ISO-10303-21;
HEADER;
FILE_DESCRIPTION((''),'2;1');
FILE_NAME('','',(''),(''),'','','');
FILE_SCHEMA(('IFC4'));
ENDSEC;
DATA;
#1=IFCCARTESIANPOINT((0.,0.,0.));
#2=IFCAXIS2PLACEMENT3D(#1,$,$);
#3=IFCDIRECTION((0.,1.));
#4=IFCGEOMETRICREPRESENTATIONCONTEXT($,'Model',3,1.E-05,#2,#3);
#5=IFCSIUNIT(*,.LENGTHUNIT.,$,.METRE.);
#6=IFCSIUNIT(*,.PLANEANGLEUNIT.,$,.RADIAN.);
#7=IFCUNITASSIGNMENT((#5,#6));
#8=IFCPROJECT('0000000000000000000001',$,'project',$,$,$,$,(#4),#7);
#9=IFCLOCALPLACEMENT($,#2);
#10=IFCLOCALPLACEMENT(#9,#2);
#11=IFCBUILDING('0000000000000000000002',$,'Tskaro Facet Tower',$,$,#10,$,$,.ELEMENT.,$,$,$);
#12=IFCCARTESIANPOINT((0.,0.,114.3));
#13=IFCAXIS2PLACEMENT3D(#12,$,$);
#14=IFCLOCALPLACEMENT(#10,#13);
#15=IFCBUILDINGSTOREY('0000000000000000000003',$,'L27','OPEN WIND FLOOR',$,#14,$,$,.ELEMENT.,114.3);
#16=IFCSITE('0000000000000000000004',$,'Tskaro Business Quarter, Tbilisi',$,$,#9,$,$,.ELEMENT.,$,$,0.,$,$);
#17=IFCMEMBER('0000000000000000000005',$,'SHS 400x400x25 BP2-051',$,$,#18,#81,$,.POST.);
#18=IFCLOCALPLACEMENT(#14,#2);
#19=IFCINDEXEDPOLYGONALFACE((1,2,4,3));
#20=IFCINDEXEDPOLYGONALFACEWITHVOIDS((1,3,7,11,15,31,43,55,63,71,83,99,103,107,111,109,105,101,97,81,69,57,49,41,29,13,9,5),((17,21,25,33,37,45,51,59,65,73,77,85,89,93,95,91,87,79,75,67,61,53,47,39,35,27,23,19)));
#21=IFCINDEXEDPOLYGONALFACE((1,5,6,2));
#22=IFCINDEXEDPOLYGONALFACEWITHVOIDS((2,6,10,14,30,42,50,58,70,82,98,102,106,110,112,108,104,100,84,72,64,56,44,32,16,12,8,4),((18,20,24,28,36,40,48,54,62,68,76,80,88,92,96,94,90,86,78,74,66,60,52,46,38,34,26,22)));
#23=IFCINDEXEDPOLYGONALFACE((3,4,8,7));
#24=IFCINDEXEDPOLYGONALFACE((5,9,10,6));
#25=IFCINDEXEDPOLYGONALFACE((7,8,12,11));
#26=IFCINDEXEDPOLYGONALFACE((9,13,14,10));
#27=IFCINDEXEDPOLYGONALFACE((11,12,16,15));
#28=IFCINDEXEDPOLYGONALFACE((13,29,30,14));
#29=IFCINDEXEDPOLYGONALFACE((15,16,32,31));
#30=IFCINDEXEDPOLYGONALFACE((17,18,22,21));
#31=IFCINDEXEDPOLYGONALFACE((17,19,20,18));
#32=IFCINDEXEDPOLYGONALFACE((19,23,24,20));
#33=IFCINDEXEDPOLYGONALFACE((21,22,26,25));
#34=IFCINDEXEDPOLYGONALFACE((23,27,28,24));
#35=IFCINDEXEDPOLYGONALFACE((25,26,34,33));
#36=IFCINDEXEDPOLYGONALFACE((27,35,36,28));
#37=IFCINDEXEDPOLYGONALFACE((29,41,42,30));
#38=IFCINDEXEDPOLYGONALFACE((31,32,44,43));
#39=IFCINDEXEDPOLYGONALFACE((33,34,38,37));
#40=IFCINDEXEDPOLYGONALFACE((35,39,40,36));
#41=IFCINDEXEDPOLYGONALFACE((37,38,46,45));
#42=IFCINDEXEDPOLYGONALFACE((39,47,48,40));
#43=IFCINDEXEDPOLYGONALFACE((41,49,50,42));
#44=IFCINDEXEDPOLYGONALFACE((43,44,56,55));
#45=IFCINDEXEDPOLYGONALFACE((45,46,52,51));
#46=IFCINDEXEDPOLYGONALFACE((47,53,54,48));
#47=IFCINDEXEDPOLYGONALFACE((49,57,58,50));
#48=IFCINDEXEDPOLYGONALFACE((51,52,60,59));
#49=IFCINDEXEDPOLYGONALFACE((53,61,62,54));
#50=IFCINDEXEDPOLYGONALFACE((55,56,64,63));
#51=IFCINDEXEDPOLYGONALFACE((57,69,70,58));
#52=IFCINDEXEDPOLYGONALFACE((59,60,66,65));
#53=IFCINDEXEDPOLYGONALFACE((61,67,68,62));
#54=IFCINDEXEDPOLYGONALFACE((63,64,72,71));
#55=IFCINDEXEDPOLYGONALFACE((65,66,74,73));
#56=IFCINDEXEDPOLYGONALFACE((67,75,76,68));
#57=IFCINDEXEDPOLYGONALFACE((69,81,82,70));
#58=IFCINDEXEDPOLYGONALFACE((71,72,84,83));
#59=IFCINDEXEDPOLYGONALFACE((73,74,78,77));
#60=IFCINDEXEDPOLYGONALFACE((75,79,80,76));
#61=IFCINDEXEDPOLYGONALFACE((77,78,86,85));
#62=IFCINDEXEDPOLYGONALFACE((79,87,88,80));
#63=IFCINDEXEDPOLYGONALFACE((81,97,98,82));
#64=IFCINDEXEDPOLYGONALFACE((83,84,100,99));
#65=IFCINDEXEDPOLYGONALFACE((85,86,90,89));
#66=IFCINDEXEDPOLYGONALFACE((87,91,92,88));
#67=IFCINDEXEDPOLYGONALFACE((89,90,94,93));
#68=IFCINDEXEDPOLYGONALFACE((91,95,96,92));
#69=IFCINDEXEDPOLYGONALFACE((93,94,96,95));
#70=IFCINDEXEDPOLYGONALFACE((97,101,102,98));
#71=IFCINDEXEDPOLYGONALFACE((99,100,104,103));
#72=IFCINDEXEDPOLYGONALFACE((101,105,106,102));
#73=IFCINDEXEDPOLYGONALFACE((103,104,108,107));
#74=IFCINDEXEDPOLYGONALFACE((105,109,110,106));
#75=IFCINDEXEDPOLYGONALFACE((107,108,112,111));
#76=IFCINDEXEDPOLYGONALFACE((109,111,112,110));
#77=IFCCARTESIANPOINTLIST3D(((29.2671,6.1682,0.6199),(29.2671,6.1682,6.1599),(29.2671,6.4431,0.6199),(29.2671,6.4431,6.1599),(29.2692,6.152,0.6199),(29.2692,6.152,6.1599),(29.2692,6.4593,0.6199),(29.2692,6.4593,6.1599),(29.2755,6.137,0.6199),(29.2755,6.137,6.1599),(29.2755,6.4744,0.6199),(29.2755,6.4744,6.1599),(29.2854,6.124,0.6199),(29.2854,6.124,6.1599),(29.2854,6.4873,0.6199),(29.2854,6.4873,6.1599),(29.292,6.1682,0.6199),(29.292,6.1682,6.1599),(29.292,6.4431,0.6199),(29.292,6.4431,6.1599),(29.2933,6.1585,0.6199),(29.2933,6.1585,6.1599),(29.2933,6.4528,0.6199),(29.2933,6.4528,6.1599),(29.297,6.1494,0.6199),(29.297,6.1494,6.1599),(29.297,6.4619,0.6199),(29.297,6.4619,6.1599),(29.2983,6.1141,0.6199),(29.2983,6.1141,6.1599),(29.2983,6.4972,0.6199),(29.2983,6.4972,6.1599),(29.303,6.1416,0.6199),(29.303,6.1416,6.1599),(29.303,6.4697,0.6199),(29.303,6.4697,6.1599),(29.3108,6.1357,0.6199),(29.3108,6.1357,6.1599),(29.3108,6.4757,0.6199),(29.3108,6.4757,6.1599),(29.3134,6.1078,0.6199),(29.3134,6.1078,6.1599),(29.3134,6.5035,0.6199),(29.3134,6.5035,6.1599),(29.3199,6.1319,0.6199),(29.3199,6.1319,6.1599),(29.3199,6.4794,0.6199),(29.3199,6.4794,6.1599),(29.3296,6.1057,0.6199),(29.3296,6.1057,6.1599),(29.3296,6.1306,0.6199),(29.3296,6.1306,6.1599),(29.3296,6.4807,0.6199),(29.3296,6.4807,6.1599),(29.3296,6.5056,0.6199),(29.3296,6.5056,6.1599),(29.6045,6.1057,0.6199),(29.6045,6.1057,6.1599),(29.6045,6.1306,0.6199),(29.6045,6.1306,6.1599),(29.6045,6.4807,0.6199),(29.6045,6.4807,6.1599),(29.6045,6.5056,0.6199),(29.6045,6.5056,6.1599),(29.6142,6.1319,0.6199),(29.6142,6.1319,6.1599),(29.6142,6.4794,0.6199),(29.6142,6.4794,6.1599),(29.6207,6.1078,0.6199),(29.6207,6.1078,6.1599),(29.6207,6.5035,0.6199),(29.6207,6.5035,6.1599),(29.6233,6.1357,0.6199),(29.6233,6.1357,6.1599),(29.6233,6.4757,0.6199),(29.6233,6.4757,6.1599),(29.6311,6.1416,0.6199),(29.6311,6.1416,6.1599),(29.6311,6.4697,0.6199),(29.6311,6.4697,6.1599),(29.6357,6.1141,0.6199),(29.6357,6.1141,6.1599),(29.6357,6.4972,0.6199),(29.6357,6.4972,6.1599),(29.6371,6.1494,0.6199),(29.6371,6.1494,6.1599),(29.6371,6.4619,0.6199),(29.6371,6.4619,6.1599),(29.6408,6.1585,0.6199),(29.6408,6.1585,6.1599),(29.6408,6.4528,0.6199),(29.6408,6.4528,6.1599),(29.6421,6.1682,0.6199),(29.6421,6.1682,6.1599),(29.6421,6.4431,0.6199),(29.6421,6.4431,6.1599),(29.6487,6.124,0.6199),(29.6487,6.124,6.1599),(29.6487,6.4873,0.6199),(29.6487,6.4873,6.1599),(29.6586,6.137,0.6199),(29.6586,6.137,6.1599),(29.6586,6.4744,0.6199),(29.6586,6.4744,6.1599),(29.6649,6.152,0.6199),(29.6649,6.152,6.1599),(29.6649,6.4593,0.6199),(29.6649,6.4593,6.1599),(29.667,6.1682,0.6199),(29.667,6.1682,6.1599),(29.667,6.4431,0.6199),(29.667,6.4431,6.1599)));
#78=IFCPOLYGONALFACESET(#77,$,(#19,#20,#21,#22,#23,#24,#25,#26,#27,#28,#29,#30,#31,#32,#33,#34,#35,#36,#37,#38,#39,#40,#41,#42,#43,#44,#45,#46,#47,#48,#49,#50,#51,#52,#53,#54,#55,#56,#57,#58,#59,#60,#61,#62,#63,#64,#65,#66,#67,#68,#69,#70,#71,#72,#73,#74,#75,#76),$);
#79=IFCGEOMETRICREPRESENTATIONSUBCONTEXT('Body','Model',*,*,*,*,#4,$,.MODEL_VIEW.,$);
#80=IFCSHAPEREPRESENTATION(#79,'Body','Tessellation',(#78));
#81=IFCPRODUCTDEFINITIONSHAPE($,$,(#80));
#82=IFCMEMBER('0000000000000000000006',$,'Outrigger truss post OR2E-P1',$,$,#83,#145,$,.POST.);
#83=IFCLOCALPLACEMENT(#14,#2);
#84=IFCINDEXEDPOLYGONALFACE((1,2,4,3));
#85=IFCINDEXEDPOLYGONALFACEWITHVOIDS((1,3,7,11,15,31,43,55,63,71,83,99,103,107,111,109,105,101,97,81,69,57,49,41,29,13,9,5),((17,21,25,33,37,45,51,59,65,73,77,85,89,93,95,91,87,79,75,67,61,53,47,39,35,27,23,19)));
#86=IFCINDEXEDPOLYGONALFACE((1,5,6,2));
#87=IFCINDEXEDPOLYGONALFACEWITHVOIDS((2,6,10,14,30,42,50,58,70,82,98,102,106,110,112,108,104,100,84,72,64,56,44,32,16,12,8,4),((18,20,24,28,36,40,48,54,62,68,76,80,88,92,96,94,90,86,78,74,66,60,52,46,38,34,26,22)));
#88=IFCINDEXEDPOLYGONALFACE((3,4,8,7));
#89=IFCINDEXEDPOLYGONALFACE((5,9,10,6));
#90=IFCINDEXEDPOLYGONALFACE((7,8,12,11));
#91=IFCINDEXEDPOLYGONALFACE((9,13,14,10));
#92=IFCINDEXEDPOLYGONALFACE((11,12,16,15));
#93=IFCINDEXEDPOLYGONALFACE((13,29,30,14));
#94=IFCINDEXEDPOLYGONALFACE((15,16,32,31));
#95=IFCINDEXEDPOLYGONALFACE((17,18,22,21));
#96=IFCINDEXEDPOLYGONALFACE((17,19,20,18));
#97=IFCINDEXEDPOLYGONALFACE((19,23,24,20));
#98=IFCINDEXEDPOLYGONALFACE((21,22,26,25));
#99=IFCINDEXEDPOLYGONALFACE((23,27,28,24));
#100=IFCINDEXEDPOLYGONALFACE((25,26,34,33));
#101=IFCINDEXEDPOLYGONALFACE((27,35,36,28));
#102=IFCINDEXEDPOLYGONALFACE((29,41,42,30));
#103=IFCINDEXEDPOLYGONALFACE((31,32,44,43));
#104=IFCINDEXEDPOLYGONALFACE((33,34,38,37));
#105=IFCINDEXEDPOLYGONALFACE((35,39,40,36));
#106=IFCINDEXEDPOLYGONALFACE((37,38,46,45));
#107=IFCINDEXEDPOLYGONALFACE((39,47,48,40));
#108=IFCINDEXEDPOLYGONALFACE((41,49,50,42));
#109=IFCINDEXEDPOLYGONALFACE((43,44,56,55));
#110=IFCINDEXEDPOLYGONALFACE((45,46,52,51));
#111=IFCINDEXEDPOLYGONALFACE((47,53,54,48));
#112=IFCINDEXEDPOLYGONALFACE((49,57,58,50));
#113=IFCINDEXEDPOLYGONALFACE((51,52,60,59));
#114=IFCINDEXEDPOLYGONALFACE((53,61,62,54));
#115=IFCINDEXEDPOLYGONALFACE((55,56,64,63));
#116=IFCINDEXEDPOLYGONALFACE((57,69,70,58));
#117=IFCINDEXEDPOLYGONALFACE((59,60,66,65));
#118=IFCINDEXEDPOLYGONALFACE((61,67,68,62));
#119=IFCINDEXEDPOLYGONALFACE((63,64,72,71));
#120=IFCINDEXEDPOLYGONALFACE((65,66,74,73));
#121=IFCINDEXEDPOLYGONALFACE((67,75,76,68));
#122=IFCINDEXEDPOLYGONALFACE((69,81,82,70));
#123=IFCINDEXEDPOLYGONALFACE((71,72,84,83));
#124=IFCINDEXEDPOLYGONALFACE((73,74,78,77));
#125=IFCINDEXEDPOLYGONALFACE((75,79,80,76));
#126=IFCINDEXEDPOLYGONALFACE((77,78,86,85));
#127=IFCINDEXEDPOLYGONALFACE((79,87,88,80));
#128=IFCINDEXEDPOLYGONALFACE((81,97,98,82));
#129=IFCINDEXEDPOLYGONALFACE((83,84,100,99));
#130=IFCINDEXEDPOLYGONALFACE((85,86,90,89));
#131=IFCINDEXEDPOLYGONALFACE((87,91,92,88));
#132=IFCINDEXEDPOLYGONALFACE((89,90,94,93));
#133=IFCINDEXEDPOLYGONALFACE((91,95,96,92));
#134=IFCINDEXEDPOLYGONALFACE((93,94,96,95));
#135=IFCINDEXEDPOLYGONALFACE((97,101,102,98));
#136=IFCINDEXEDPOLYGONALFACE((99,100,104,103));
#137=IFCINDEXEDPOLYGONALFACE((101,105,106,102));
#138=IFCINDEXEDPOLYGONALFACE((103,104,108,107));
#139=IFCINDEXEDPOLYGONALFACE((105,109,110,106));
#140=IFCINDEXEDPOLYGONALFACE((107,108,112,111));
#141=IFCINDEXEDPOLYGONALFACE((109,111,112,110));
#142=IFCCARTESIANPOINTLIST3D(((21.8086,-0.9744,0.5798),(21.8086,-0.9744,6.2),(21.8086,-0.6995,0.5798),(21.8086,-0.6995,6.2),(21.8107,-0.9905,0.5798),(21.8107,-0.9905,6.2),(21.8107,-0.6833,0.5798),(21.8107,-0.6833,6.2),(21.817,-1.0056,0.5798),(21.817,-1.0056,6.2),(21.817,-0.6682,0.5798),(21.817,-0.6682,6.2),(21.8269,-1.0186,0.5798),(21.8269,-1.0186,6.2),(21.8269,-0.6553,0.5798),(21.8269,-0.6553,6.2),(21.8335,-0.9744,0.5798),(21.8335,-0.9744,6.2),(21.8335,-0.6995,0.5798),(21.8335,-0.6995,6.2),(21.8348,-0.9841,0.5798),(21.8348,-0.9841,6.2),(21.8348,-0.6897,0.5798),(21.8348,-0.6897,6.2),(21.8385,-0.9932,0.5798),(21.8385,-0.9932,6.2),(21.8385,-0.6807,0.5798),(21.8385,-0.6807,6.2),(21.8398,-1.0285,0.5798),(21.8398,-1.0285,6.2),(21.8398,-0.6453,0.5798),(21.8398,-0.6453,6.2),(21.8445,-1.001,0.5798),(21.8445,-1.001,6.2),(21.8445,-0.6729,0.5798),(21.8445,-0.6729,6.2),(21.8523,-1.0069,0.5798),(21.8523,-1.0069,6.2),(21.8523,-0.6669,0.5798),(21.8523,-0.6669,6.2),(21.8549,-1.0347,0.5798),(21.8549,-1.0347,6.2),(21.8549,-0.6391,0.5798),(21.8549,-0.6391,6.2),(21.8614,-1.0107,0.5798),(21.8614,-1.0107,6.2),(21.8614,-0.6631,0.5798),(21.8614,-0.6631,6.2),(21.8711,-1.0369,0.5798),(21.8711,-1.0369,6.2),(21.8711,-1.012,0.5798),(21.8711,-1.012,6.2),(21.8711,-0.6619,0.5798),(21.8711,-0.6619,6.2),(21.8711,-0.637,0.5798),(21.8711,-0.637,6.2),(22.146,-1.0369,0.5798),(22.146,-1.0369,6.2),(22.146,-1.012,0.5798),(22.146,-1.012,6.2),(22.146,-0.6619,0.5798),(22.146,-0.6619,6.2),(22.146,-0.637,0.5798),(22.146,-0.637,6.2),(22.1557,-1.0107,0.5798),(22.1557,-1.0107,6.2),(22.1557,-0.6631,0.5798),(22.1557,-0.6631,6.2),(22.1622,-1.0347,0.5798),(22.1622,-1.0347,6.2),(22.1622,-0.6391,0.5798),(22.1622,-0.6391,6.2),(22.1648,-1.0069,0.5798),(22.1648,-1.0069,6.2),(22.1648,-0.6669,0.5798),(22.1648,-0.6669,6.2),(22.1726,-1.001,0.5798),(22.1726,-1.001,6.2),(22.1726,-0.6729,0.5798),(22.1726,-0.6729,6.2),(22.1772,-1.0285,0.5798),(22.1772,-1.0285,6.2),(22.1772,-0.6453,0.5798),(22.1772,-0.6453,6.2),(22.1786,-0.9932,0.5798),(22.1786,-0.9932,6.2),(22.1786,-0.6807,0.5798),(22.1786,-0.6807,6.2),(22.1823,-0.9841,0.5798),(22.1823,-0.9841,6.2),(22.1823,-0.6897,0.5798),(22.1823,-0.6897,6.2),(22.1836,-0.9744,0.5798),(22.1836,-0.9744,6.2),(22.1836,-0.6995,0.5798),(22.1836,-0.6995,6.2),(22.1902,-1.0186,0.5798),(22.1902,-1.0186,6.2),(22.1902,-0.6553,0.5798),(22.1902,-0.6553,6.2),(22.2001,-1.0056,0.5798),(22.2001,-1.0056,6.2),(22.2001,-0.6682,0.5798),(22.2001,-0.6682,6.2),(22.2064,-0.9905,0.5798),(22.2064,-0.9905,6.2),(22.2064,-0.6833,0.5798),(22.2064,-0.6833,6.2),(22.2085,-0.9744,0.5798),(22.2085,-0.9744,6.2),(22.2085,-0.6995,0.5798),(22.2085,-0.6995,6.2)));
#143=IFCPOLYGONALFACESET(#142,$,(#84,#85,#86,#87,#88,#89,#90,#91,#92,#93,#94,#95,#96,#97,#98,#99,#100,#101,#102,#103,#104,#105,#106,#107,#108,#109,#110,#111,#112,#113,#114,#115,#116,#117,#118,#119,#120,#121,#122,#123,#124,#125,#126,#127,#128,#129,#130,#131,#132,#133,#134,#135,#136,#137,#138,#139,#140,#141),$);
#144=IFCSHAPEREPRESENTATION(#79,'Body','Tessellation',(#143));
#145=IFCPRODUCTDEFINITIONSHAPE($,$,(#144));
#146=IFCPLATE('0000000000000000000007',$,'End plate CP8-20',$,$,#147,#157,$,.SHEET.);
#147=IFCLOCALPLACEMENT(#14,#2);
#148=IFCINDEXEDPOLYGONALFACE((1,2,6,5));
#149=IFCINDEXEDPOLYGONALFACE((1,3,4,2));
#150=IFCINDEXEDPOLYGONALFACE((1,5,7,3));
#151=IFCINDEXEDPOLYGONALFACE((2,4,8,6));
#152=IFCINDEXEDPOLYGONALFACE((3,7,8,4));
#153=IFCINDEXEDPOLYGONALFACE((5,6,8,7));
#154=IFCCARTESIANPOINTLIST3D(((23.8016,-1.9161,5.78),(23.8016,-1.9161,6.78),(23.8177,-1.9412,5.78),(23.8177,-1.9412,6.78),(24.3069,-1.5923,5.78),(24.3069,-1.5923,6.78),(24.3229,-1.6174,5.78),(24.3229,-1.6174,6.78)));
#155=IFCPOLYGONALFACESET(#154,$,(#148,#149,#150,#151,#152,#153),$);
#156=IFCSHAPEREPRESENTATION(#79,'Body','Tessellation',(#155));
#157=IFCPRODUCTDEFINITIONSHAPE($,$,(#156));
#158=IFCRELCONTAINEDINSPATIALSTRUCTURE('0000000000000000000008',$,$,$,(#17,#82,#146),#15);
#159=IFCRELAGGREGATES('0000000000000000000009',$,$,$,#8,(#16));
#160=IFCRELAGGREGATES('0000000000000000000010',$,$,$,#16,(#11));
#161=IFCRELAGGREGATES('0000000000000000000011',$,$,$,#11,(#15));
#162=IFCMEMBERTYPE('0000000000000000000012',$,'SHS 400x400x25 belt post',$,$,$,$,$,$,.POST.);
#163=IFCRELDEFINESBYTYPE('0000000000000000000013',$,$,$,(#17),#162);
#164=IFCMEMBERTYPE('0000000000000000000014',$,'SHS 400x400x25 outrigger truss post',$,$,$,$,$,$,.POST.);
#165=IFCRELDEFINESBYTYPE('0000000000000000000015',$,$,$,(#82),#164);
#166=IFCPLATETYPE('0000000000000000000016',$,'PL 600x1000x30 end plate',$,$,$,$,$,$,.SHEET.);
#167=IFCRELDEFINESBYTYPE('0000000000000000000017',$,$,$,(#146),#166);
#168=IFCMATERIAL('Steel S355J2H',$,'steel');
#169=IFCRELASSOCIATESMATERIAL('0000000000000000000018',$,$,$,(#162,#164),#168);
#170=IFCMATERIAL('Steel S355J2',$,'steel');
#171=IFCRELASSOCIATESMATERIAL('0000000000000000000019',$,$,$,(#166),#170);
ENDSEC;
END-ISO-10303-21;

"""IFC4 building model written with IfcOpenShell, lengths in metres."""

from ifc_helpers import new_model, si_unit, direction, frame, origin, origin_2d, place, context, subcontext, project, spatial, rectangle, hollow_rectangle, extrude, material, material_profile, profile_set, type_object, element, save


model = new_model("IFC4")

# Units and contexts
model_context = context("Model", 3, precision=1e-05, world=origin(), true_north=direction((0.0, 1.0)))
body_context = subcontext(model_context, "Body", "Model", "MODEL_VIEW")
ifc_project = project(units=[si_unit("LENGTHUNIT", "METRE"), si_unit("PLANEANGLEUNIT", "RADIAN")], contexts=[model_context])

# Site, building, storey
site_placement = place(None, origin())
site = spatial("IfcSite", under=ifc_project, at=site_placement, Name="Tskaro Business Quarter, Tbilisi", CompositionType="ELEMENT", RefElevation=0.0)
building_placement = place(site_placement, origin())
building = spatial("IfcBuilding", under=site, at=building_placement, Name="Tskaro Facet Tower", CompositionType="ELEMENT")
storey_placement = place(building_placement, frame((0.0, 0.0, 114.3)))
storey = spatial("IfcBuildingStorey", under=building, at=storey_placement, Name="L27", Description="OPEN WIND FLOOR", CompositionType="ELEMENT", Elevation=114.3)

# Shared definitions
ifc_material_1 = material(Name="Steel S355J2H", Category="steel")

# Shared definitions
ifc_material_2 = material(Name="Steel S355J2", Category="steel")

# Members
ifc_material_profile_1 = material_profile(ifc_material_1, hollow_rectangle(XDim=0.3999, YDim=0.3999, WallThickness=0.0249, InnerFilletRadius=0.0376, OuterFilletRadius=0.0625, at=origin_2d()), Name="SHS 400x400x25")
ifc_profile_set_1 = profile_set([ifc_material_profile_1], Name="Steel S355J2H")
member_type_1 = type_object("IfcMemberType", Name="SHS 400x400x25 belt post", PredefinedType="POST", material=ifc_profile_set_1)
member_1_placement = place(storey_placement, frame((29.467, 6.3057, 0.6199), z_axis=(0.0, 0.0, 1.0), x_axis=(1.0, 0.0, 0.0)))
element("IfcMember", 1, at=member_1_placement, inside=storey, type_object=member_type_1, Name="SHS 400x400x25 BP2-051", PredefinedType="POST", context=body_context, shape_type="SweptSolid", body=[
    extrude(hollow_rectangle(XDim=0.3999, YDim=0.3999, WallThickness=0.0249, InnerFilletRadius=0.0376, OuterFilletRadius=0.0625, at=origin_2d()), origin(), (0.0, 0.0, 1.0), 5.54),
])
ifc_material_profile_2 = material_profile(ifc_material_1, hollow_rectangle(XDim=0.3999, YDim=0.3999, WallThickness=0.0249, InnerFilletRadius=0.0376, OuterFilletRadius=0.0625, at=origin_2d()), Name="SHS 400x400x25")
ifc_profile_set_2 = profile_set([ifc_material_profile_2], Name="Steel S355J2H")
member_type_2 = type_object("IfcMemberType", Name="SHS 400x400x25 outrigger truss post", PredefinedType="POST", material=ifc_profile_set_2)
member_2_placement = place(storey_placement, frame((22.0085, -0.8369, 0.5798), z_axis=(0.0, 0.0, 1.0), x_axis=(1.0, 0.0, 0.0)))
element("IfcMember", 2, at=member_2_placement, inside=storey, type_object=member_type_2, Name="Outrigger truss post OR2E-P1", PredefinedType="POST", context=body_context, shape_type="SweptSolid", body=[
    extrude(hollow_rectangle(XDim=0.3999, YDim=0.3999, WallThickness=0.0249, InnerFilletRadius=0.0376, OuterFilletRadius=0.0625, at=origin_2d()), origin(), (0.0, 0.0, 1.0), 5.6201),
])

# Plate
ifc_material_profile_3 = material_profile(ifc_material_2, rectangle(XDim=0.6001, YDim=1.0, at=origin_2d()), Name="PL 600x1000x30 end plate")
ifc_profile_set_3 = profile_set([ifc_material_profile_3], Name="Steel S355J2")
plate_type = type_object("IfcPlateType", Name="PL 600x1000x30 end plate", PredefinedType="SHEET", material=ifc_profile_set_3)
plate_placement = place(storey_placement, frame((24.0703, -1.7793, 6.28), z_axis=(-0.539518, 0.841974, 0.0), x_axis=(-0.841974, -0.539518, 0.0)))
element("IfcPlate", 3, at=plate_placement, inside=storey, type_object=plate_type, Name="End plate CP8-20", PredefinedType="SHEET", context=body_context, shape_type="SweptSolid", body=[
    extrude(rectangle(XDim=0.6001, YDim=1.0, at=origin_2d()), origin(), (0.0, 0.0, 1.0), 0.0298),
])

save(model, "model.ifc")
